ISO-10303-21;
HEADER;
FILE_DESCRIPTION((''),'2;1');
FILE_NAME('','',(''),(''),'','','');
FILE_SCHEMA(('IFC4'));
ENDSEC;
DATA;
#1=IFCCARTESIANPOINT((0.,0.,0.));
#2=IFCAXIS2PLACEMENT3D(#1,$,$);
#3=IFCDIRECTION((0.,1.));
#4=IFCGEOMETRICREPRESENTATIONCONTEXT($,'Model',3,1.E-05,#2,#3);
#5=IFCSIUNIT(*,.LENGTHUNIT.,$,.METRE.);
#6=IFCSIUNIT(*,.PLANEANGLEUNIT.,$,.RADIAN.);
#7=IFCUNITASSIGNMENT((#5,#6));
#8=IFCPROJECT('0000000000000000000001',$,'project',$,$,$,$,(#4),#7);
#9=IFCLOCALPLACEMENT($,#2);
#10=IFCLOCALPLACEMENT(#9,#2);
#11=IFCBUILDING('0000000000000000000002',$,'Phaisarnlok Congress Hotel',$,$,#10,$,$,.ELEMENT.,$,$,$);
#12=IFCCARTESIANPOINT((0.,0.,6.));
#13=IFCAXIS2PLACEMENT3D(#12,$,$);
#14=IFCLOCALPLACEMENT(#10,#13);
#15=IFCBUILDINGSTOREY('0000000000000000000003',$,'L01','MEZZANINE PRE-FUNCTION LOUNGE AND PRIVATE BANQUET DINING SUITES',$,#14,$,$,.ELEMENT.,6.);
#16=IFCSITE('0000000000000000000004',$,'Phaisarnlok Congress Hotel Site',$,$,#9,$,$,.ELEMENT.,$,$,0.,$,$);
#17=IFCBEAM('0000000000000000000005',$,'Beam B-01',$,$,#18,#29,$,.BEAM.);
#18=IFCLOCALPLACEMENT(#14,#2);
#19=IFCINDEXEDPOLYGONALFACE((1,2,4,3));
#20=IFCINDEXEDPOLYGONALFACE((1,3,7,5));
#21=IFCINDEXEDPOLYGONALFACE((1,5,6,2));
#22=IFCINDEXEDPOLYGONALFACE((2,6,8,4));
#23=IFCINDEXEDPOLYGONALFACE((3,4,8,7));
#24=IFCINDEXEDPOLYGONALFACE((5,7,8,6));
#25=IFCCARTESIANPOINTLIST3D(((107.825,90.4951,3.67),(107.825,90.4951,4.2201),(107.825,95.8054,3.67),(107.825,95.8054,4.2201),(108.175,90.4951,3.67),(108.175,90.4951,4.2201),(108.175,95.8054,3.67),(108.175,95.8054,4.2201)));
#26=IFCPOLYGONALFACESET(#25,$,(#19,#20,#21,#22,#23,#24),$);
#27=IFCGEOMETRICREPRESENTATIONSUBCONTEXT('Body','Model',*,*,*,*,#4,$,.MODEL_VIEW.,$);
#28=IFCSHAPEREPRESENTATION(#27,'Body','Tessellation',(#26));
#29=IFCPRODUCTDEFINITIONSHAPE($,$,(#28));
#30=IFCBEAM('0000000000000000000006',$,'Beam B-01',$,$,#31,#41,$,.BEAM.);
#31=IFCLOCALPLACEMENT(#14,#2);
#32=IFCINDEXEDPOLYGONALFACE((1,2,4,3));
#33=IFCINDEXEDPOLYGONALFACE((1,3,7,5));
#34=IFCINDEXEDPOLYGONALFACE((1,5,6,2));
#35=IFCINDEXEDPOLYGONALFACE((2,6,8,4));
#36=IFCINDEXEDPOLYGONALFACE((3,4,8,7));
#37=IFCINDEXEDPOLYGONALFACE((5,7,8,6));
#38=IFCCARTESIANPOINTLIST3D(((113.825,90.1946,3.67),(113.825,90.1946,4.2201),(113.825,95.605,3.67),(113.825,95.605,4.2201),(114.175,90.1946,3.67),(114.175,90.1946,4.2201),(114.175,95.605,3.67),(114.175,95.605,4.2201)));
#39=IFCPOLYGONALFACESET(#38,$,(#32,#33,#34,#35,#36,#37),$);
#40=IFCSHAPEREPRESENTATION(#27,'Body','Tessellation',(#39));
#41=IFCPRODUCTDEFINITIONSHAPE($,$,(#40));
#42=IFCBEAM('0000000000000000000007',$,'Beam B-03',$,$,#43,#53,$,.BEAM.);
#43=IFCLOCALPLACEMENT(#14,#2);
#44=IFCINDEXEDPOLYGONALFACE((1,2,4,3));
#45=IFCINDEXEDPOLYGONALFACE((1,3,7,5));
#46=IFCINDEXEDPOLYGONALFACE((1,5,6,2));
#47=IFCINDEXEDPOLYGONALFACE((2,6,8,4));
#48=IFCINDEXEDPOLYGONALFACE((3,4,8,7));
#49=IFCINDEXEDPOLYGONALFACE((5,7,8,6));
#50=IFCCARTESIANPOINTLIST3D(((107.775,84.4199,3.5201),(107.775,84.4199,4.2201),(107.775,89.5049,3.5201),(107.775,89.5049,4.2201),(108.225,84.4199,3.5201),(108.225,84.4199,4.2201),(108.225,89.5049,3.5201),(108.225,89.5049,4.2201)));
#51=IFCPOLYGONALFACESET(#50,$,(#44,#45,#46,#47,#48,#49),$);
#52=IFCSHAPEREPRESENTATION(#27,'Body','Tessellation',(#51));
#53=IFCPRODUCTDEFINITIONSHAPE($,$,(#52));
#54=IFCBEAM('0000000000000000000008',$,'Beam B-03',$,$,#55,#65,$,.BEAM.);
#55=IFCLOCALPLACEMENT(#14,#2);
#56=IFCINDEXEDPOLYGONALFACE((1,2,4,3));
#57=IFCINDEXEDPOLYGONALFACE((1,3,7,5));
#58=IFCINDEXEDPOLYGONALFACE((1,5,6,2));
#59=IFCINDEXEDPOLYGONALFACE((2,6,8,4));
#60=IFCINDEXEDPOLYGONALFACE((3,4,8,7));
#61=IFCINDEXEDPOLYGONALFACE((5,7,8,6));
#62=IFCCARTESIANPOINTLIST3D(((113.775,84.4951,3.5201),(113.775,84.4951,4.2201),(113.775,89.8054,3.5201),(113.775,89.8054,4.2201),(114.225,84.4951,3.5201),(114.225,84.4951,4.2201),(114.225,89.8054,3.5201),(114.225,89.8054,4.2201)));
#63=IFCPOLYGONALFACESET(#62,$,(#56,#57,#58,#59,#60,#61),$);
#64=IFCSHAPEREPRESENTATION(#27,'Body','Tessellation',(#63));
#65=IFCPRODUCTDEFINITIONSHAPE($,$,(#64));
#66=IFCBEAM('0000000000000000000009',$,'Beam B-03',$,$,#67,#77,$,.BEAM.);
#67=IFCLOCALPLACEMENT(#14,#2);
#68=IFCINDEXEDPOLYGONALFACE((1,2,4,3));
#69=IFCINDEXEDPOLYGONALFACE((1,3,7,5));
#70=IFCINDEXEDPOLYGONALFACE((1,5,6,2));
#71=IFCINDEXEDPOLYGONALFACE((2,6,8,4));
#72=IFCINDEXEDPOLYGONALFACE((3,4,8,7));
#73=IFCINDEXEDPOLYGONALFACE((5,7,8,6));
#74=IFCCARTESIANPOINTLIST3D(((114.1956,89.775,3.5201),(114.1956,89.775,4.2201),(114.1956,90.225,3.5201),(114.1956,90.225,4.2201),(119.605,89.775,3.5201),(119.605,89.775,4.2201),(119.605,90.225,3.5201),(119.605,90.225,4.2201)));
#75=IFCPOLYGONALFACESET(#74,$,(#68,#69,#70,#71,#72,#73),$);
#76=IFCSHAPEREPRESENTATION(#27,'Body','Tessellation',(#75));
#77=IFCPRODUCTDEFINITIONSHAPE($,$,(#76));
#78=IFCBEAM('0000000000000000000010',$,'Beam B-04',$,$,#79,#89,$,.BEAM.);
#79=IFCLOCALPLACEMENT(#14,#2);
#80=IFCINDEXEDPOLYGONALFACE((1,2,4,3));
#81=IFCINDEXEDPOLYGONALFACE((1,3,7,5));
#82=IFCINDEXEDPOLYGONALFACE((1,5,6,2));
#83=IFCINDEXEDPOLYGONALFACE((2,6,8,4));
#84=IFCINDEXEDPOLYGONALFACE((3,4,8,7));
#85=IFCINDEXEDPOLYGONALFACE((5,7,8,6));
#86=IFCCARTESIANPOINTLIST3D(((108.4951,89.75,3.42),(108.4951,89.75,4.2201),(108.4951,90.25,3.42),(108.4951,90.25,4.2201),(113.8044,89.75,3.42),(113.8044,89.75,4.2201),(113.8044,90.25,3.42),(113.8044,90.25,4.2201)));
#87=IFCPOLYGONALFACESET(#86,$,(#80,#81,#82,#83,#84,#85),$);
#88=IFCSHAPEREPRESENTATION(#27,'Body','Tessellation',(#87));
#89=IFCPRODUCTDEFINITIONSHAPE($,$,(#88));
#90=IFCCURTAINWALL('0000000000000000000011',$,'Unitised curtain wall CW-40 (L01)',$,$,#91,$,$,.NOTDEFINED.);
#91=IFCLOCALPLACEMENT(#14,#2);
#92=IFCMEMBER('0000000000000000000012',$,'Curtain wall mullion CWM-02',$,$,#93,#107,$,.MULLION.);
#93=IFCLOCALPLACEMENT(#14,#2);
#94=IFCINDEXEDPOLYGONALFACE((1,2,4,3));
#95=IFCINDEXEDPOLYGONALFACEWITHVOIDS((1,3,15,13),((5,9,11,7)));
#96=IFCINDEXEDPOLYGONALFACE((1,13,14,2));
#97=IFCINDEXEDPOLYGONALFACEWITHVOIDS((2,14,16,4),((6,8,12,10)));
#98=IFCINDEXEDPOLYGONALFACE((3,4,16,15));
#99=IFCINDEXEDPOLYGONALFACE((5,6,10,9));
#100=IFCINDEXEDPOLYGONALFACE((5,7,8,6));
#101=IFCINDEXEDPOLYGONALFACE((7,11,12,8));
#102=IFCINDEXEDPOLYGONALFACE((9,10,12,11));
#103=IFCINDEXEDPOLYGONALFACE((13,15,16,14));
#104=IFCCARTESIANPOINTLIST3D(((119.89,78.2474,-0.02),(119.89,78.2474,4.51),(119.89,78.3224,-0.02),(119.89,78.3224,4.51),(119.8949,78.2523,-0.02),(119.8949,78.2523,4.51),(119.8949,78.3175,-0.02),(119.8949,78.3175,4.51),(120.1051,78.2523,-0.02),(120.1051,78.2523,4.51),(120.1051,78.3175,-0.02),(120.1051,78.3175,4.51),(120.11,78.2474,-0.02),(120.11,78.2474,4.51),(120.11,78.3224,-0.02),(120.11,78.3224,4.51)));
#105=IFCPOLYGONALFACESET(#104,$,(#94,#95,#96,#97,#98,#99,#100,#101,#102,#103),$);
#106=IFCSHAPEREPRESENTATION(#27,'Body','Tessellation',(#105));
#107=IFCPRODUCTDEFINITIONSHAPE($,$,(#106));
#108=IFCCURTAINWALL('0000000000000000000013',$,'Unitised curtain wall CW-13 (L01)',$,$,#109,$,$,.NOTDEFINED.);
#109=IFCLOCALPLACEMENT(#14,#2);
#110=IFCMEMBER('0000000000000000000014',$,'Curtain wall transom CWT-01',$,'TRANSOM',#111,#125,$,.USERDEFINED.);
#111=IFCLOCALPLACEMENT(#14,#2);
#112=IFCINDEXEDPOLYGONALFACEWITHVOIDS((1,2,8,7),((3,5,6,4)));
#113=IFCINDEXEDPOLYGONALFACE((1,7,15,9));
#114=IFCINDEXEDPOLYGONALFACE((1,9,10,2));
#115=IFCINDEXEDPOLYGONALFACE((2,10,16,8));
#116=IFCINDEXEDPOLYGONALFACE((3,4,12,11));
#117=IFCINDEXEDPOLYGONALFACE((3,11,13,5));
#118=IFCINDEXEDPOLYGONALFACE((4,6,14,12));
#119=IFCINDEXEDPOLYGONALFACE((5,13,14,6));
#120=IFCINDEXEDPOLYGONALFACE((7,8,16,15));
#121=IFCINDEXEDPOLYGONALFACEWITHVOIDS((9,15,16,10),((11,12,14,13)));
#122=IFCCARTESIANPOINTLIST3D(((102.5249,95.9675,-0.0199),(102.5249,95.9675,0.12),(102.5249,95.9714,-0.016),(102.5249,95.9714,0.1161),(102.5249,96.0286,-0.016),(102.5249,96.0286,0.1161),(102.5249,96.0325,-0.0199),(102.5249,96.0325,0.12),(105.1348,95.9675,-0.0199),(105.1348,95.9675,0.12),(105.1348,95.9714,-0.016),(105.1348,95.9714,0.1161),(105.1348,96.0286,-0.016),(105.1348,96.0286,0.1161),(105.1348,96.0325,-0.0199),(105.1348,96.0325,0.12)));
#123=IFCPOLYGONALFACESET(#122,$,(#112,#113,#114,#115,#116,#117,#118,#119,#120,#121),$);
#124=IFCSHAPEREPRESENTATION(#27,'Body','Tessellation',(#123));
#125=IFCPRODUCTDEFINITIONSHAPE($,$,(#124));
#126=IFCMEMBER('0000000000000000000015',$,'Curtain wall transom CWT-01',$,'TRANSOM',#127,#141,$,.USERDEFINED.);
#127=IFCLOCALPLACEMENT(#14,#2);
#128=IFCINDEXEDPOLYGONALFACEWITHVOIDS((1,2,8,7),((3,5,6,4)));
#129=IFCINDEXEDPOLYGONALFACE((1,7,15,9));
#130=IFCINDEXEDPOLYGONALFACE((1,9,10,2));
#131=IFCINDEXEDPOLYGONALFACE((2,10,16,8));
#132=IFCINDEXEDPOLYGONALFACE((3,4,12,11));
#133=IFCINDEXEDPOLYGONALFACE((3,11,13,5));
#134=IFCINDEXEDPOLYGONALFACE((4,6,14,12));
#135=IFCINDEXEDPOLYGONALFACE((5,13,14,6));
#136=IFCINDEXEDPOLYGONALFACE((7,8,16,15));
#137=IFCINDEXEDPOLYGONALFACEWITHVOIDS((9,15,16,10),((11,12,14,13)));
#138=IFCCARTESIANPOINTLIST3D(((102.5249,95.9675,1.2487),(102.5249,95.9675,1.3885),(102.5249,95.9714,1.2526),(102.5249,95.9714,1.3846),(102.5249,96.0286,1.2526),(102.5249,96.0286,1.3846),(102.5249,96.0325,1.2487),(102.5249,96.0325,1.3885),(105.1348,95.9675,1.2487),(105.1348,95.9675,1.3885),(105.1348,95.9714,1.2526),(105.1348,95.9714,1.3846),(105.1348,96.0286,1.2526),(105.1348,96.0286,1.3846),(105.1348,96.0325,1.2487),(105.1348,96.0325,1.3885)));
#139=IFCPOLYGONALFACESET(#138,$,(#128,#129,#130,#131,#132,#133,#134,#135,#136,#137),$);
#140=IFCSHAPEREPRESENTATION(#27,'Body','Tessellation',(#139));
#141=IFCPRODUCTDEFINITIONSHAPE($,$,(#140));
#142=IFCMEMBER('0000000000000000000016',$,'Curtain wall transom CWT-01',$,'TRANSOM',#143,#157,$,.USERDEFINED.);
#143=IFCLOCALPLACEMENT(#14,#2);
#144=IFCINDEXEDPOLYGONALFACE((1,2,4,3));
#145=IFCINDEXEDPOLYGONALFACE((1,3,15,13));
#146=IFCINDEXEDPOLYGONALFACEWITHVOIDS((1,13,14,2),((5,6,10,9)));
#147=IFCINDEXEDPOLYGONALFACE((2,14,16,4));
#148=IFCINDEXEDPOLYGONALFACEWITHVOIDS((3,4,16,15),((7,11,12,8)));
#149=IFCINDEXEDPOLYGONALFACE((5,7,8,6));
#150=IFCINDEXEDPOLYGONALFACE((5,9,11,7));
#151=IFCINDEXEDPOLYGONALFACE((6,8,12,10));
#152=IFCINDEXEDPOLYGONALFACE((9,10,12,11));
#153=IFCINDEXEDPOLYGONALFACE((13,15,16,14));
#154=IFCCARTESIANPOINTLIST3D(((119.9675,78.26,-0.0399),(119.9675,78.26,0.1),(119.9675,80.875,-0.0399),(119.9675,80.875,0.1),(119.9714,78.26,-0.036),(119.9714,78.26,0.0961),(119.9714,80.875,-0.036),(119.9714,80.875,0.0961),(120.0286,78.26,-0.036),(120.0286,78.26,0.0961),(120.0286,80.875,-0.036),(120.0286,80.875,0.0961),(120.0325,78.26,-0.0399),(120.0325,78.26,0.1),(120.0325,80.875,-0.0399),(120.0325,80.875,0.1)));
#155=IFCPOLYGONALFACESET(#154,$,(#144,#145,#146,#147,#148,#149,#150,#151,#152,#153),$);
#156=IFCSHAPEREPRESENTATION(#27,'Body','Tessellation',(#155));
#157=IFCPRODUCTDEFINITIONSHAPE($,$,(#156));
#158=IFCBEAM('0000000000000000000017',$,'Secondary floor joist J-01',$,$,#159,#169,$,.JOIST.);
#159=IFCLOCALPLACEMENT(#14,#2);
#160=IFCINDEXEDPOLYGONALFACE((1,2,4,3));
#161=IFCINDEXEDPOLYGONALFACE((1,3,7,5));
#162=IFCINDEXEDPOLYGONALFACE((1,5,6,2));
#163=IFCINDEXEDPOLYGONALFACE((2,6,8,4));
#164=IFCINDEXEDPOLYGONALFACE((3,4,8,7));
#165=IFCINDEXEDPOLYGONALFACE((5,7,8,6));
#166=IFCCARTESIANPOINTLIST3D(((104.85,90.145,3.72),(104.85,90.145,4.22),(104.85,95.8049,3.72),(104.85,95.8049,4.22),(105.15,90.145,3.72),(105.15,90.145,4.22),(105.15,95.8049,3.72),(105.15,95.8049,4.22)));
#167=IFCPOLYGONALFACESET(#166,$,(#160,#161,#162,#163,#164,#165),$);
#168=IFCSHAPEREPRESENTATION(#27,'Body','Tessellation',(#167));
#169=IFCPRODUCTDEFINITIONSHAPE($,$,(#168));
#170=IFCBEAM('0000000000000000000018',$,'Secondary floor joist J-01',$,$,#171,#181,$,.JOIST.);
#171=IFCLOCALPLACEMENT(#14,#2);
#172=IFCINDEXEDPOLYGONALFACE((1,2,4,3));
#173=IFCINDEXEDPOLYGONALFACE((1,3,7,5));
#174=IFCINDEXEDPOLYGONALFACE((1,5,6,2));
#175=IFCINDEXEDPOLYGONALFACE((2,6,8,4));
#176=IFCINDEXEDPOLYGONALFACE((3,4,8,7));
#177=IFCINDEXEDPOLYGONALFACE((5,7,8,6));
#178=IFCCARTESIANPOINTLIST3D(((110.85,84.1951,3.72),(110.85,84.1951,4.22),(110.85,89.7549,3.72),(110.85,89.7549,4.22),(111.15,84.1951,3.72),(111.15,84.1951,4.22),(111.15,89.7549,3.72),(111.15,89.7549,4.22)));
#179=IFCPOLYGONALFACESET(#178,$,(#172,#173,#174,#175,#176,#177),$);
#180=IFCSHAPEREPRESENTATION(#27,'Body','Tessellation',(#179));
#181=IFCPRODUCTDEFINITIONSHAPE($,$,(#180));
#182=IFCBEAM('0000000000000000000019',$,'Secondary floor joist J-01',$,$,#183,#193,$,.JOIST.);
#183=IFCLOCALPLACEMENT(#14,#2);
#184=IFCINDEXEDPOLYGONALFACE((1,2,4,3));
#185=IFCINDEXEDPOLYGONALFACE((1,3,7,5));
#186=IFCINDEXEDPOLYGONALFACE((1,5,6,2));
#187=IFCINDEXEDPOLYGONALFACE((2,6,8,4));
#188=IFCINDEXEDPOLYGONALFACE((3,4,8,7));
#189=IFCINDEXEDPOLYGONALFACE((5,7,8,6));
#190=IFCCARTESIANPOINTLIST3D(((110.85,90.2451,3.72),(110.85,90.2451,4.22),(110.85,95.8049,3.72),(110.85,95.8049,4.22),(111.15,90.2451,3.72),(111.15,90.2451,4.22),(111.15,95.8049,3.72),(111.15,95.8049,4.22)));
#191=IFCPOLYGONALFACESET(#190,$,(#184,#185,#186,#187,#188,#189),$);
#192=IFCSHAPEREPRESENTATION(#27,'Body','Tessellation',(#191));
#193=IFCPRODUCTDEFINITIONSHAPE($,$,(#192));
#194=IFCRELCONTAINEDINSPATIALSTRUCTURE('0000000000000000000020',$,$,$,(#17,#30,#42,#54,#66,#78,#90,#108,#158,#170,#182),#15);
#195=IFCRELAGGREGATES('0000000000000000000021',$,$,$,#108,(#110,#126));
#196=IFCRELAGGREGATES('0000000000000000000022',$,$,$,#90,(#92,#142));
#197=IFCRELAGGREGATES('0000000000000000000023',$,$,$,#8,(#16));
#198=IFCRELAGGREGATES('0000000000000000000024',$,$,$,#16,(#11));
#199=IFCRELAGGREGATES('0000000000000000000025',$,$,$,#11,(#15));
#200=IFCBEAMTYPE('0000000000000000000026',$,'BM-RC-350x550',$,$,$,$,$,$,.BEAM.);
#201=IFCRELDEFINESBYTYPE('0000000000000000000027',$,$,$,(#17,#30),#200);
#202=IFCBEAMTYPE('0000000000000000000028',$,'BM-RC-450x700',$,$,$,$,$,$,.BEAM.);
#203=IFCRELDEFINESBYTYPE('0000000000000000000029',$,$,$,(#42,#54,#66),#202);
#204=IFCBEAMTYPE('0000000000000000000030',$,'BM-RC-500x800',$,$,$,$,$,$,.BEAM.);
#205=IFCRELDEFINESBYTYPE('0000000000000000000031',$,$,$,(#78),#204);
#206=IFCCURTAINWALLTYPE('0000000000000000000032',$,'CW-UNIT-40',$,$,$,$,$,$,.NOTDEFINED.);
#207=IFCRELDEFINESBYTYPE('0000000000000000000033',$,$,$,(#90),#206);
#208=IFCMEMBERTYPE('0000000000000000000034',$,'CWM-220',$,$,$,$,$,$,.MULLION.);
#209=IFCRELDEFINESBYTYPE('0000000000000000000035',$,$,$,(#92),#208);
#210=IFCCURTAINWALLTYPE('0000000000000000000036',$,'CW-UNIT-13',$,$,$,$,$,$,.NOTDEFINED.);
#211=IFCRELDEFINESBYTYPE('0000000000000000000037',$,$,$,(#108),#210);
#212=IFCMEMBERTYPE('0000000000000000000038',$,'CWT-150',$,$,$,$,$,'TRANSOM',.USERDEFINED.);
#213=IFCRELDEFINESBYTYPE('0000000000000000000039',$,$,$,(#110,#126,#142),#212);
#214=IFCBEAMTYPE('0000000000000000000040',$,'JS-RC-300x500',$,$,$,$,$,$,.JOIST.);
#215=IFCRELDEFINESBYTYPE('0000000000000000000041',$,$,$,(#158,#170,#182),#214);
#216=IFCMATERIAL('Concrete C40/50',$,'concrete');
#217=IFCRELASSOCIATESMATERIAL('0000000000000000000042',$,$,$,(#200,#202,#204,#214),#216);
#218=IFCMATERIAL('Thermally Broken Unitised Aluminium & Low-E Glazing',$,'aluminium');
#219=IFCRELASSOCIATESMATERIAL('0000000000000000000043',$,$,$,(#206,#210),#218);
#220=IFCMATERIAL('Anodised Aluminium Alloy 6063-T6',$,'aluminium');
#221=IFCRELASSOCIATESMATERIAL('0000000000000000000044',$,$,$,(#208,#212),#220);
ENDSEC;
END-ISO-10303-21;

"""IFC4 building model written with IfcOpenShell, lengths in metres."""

from ifc_helpers import new_model, si_unit, direction, frame, origin, origin_2d, place, context, subcontext, project, spatial, rectangle, hollow_rectangle, extrude, material, material_profile, profile_set, type_object, element, aggregate, save


model = new_model("IFC4")

# Units and contexts
model_context = context("Model", 3, precision=1e-05, world=origin(), true_north=direction((0.0, 1.0)))
body_context = subcontext(model_context, "Body", "Model", "MODEL_VIEW")
ifc_project = project(units=[si_unit("LENGTHUNIT", "METRE"), si_unit("PLANEANGLEUNIT", "RADIAN")], contexts=[model_context])

# Site, building, storey
site_placement = place(None, origin())
site = spatial("IfcSite", under=ifc_project, at=site_placement, Name="Phaisarnlok Congress Hotel Site", CompositionType="ELEMENT", RefElevation=0.0)
building_placement = place(site_placement, origin())
building = spatial("IfcBuilding", under=site, at=building_placement, Name="Phaisarnlok Congress Hotel", CompositionType="ELEMENT")
storey_placement = place(building_placement, frame((0.0, 0.0, 6.0)))
storey = spatial("IfcBuildingStorey", under=building, at=storey_placement, Name="L01", Description="MEZZANINE PRE-FUNCTION LOUNGE AND PRIVATE BANQUET DINING SUITES", CompositionType="ELEMENT", Elevation=6.0)

# Beams
ifc_material_1 = material(Name="Concrete C40/50", Category="concrete")
ifc_material_profile_1 = material_profile(ifc_material_1, rectangle(XDim=0.3501, YDim=0.55, at=origin_2d()), Name="RC 350x550")
ifc_profile_set_1 = profile_set([ifc_material_profile_1], Name="Concrete C40/50")
beam_type_1 = type_object("IfcBeamType", Name="BM-RC-350x550", PredefinedType="BEAM", material=ifc_profile_set_1)
beam_1_placement = place(storey_placement, frame((108.0, 90.4951, 3.9451), z_axis=(0.0, 1.0, 0.0), x_axis=(-1.0, 0.0, 0.0)))
element("IfcBeam", 1, at=beam_1_placement, inside=storey, type_object=beam_type_1, Name="Beam B-01", PredefinedType="BEAM", context=body_context, shape_type="SweptSolid", body=[
    extrude(rectangle(XDim=0.3501, YDim=0.55, at=origin_2d()), origin(), (0.0, 0.0, 1.0), 5.3103),
])
beam_2_placement = place(storey_placement, frame((114.0, 90.1946, 3.9451), z_axis=(0.0, 1.0, 0.0), x_axis=(-1.0, 0.0, 0.0)))
element("IfcBeam", 2, at=beam_2_placement, inside=storey, type_object=beam_type_1, Name="Beam B-01", PredefinedType="BEAM", context=body_context, shape_type="SweptSolid", body=[
    extrude(rectangle(XDim=0.3501, YDim=0.55, at=origin_2d()), origin(), (0.0, 0.0, 1.0), 5.4104),
])
ifc_material_profile_2 = material_profile(ifc_material_1, rectangle(XDim=0.45, YDim=0.7, at=origin_2d()), Name="RC 450x700")
ifc_profile_set_2 = profile_set([ifc_material_profile_2], Name="Concrete C40/50")
beam_type_2 = type_object("IfcBeamType", Name="BM-RC-450x700", PredefinedType="BEAM", material=ifc_profile_set_2)
beam_3_placement = place(storey_placement, frame((108.0, 84.4199, 3.8701), z_axis=(0.0, 1.0, 0.0), x_axis=(-1.0, 0.0, 0.0)))
element("IfcBeam", 3, at=beam_3_placement, inside=storey, type_object=beam_type_2, Name="Beam B-03", PredefinedType="BEAM", context=body_context, shape_type="SweptSolid", body=[
    extrude(rectangle(XDim=0.45, YDim=0.7, at=origin_2d()), origin(), (0.0, 0.0, 1.0), 5.085),
])
beam_4_placement = place(storey_placement, frame((114.0, 84.4951, 3.8701), z_axis=(0.0, 1.0, 0.0), x_axis=(-1.0, 0.0, 0.0)))
element("IfcBeam", 4, at=beam_4_placement, inside=storey, type_object=beam_type_2, Name="Beam B-03", PredefinedType="BEAM", context=body_context, shape_type="SweptSolid", body=[
    extrude(rectangle(XDim=0.45, YDim=0.7, at=origin_2d()), origin(), (0.0, 0.0, 1.0), 5.3103),
])
beam_5_placement = place(storey_placement, frame((114.1956, 90.0, 3.8701), z_axis=(1.0, 0.0, 0.0), x_axis=(0.0, 1.0, 0.0)))
element("IfcBeam", 5, at=beam_5_placement, inside=storey, type_object=beam_type_2, Name="Beam B-03", PredefinedType="BEAM", context=body_context, shape_type="SweptSolid", body=[
    extrude(rectangle(XDim=0.45, YDim=0.7, at=origin_2d()), origin(), (0.0, 0.0, 1.0), 5.4094),
])
ifc_material_profile_3 = material_profile(ifc_material_1, rectangle(XDim=0.5, YDim=0.8, at=origin_2d()), Name="RC 500x800")
ifc_profile_set_3 = profile_set([ifc_material_profile_3], Name="Concrete C40/50")
beam_type_3 = type_object("IfcBeamType", Name="BM-RC-500x800", PredefinedType="BEAM", material=ifc_profile_set_3)
beam_6_placement = place(storey_placement, frame((108.4951, 90.0, 3.8201), z_axis=(1.0, 0.0, 0.0), x_axis=(0.0, 1.0, 0.0)))
element("IfcBeam", 6, at=beam_6_placement, inside=storey, type_object=beam_type_3, Name="Beam B-04", PredefinedType="BEAM", context=body_context, shape_type="SweptSolid", body=[
    extrude(rectangle(XDim=0.5, YDim=0.8, at=origin_2d()), origin(), (0.0, 0.0, 1.0), 5.3093),
])

# Curtain wall, member
ifc_material_2 = material(Name="Thermally Broken Unitised Aluminium & Low-E Glazing", Category="aluminium")
curtain_wall_type_1 = type_object("IfcCurtainWallType", Name="CW-UNIT-40", PredefinedType="NOTDEFINED", material=ifc_material_2)
curtain_wall_1_placement = place(storey_placement, origin())
curtain_wall_1 = element("IfcCurtainWall", 7, at=curtain_wall_1_placement, inside=storey, type_object=curtain_wall_type_1, Name="Unitised curtain wall CW-40 (L01)", PredefinedType="NOTDEFINED")
ifc_material_3 = material(Name="Anodised Aluminium Alloy 6063-T6", Category="aluminium")
ifc_material_profile_4 = material_profile(ifc_material_3, hollow_rectangle(XDim=0.075, YDim=0.22, WallThickness=0.0049, at=origin_2d()), Name="ALU-M 75x220x5")
ifc_profile_set_4 = profile_set([ifc_material_profile_4], Name="Anodised Aluminium Alloy 6063-T6")
member_type_1 = type_object("IfcMemberType", Name="CWM-220", PredefinedType="MULLION", material=ifc_profile_set_4)
member_1_placement = place(storey_placement, frame((120.0, 78.2849, -0.02), z_axis=(0.0, 0.0, 1.0), x_axis=(0.0, -1.0, 0.0)))
member_1 = element("IfcMember", 8, at=member_1_placement, type_object=member_type_1, Name="Curtain wall mullion CWM-02", PredefinedType="MULLION", context=body_context, shape_type="SweptSolid", body=[
    extrude(hollow_rectangle(XDim=0.075, YDim=0.22, WallThickness=0.0049, at=origin_2d()), origin(), (0.0, 0.0, 1.0), 4.53),
])

# Curtain wall, members
curtain_wall_type_2 = type_object("IfcCurtainWallType", Name="CW-UNIT-13", PredefinedType="NOTDEFINED", material=ifc_material_2)
curtain_wall_2_placement = place(storey_placement, origin())
curtain_wall_2 = element("IfcCurtainWall", 9, at=curtain_wall_2_placement, inside=storey, type_object=curtain_wall_type_2, Name="Unitised curtain wall CW-13 (L01)", PredefinedType="NOTDEFINED")
ifc_material_profile_5 = material_profile(ifc_material_3, hollow_rectangle(XDim=0.0649, YDim=0.1399, WallThickness=0.0039, at=origin_2d()), Name="ALU-T 65x140x4")
ifc_profile_set_5 = profile_set([ifc_material_profile_5], Name="Anodised Aluminium Alloy 6063-T6")
member_type_2 = type_object("IfcMemberType", Name="CWT-150", ElementType="TRANSOM", PredefinedType="USERDEFINED", material=ifc_profile_set_5)
member_2_placement = place(storey_placement, frame((105.1348, 96.0, 0.05), z_axis=(-1.0, 0.0, 0.0), x_axis=(0.0, -1.0, 0.0)))
member_2 = element("IfcMember", 10, at=member_2_placement, type_object=member_type_2, Name="Curtain wall transom CWT-01", ObjectType="TRANSOM", PredefinedType="USERDEFINED", context=body_context, shape_type="SweptSolid", body=[
    extrude(hollow_rectangle(XDim=0.0649, YDim=0.1399, WallThickness=0.0039, at=origin_2d()), origin(), (0.0, 0.0, 1.0), 2.6099),
])
member_3_placement = place(storey_placement, frame((105.1348, 96.0, 1.3186), z_axis=(-1.0, 0.0, 0.0), x_axis=(0.0, -1.0, 0.0)))
member_3 = element("IfcMember", 11, at=member_3_placement, type_object=member_type_2, Name="Curtain wall transom CWT-01", ObjectType="TRANSOM", PredefinedType="USERDEFINED", context=body_context, shape_type="SweptSolid", body=[
    extrude(hollow_rectangle(XDim=0.0649, YDim=0.1399, WallThickness=0.0039, at=origin_2d()), origin(), (0.0, 0.0, 1.0), 2.6099),
])
aggregate(curtain_wall_2, [member_2, member_3])

# Member
member_4_placement = place(storey_placement, frame((120.0, 80.875, 0.03), z_axis=(0.0, -1.0, 0.0), x_axis=(1.0, 0.0, 0.0)))
member_4 = element("IfcMember", 12, at=member_4_placement, type_object=member_type_2, Name="Curtain wall transom CWT-01", ObjectType="TRANSOM", PredefinedType="USERDEFINED", context=body_context, shape_type="SweptSolid", body=[
    extrude(hollow_rectangle(XDim=0.0649, YDim=0.1399, WallThickness=0.0039, at=origin_2d()), origin(), (0.0, 0.0, 1.0), 2.615),
])
aggregate(curtain_wall_1, [member_1, member_4])

# Beams
ifc_material_profile_6 = material_profile(ifc_material_1, rectangle(XDim=0.3, YDim=0.5, at=origin_2d()), Name="RC 300x500")
ifc_profile_set_6 = profile_set([ifc_material_profile_6], Name="Concrete C40/50")
beam_type_4 = type_object("IfcBeamType", Name="JS-RC-300x500", PredefinedType="JOIST", material=ifc_profile_set_6)
beam_7_placement = place(storey_placement, frame((105.0, 90.145, 3.97), z_axis=(0.0, 1.0, 0.0), x_axis=(-1.0, 0.0, 0.0)))
element("IfcBeam", 13, at=beam_7_placement, inside=storey, type_object=beam_type_4, Name="Secondary floor joist J-01", PredefinedType="JOIST", context=body_context, shape_type="SweptSolid", body=[
    extrude(rectangle(XDim=0.3, YDim=0.5, at=origin_2d()), origin(), (0.0, 0.0, 1.0), 5.6599),
])
for number, where, z_axis, x_axis, name in (
    (14, (111.0, 84.1951, 3.97), (0.0, 1.0, 0.0), (-1.0, 0.0, 0.0), "Secondary floor joist J-01"),
    (15, (111.0, 90.2451, 3.97), (0.0, 1.0, 0.0), (-1.0, 0.0, 0.0), "Secondary floor joist J-01"),
):
    element("IfcBeam", number, at=place(storey_placement, frame(where, z_axis=z_axis, x_axis=x_axis)), inside=storey, type_object=beam_type_4, Name=name, PredefinedType="JOIST", context=body_context, shape_type="SweptSolid", body=[
        extrude(rectangle(XDim=0.3, YDim=0.5, at=origin_2d()), origin(), (0.0, 0.0, 1.0), 5.5598),
    ])

save(model, "model.ifc")
